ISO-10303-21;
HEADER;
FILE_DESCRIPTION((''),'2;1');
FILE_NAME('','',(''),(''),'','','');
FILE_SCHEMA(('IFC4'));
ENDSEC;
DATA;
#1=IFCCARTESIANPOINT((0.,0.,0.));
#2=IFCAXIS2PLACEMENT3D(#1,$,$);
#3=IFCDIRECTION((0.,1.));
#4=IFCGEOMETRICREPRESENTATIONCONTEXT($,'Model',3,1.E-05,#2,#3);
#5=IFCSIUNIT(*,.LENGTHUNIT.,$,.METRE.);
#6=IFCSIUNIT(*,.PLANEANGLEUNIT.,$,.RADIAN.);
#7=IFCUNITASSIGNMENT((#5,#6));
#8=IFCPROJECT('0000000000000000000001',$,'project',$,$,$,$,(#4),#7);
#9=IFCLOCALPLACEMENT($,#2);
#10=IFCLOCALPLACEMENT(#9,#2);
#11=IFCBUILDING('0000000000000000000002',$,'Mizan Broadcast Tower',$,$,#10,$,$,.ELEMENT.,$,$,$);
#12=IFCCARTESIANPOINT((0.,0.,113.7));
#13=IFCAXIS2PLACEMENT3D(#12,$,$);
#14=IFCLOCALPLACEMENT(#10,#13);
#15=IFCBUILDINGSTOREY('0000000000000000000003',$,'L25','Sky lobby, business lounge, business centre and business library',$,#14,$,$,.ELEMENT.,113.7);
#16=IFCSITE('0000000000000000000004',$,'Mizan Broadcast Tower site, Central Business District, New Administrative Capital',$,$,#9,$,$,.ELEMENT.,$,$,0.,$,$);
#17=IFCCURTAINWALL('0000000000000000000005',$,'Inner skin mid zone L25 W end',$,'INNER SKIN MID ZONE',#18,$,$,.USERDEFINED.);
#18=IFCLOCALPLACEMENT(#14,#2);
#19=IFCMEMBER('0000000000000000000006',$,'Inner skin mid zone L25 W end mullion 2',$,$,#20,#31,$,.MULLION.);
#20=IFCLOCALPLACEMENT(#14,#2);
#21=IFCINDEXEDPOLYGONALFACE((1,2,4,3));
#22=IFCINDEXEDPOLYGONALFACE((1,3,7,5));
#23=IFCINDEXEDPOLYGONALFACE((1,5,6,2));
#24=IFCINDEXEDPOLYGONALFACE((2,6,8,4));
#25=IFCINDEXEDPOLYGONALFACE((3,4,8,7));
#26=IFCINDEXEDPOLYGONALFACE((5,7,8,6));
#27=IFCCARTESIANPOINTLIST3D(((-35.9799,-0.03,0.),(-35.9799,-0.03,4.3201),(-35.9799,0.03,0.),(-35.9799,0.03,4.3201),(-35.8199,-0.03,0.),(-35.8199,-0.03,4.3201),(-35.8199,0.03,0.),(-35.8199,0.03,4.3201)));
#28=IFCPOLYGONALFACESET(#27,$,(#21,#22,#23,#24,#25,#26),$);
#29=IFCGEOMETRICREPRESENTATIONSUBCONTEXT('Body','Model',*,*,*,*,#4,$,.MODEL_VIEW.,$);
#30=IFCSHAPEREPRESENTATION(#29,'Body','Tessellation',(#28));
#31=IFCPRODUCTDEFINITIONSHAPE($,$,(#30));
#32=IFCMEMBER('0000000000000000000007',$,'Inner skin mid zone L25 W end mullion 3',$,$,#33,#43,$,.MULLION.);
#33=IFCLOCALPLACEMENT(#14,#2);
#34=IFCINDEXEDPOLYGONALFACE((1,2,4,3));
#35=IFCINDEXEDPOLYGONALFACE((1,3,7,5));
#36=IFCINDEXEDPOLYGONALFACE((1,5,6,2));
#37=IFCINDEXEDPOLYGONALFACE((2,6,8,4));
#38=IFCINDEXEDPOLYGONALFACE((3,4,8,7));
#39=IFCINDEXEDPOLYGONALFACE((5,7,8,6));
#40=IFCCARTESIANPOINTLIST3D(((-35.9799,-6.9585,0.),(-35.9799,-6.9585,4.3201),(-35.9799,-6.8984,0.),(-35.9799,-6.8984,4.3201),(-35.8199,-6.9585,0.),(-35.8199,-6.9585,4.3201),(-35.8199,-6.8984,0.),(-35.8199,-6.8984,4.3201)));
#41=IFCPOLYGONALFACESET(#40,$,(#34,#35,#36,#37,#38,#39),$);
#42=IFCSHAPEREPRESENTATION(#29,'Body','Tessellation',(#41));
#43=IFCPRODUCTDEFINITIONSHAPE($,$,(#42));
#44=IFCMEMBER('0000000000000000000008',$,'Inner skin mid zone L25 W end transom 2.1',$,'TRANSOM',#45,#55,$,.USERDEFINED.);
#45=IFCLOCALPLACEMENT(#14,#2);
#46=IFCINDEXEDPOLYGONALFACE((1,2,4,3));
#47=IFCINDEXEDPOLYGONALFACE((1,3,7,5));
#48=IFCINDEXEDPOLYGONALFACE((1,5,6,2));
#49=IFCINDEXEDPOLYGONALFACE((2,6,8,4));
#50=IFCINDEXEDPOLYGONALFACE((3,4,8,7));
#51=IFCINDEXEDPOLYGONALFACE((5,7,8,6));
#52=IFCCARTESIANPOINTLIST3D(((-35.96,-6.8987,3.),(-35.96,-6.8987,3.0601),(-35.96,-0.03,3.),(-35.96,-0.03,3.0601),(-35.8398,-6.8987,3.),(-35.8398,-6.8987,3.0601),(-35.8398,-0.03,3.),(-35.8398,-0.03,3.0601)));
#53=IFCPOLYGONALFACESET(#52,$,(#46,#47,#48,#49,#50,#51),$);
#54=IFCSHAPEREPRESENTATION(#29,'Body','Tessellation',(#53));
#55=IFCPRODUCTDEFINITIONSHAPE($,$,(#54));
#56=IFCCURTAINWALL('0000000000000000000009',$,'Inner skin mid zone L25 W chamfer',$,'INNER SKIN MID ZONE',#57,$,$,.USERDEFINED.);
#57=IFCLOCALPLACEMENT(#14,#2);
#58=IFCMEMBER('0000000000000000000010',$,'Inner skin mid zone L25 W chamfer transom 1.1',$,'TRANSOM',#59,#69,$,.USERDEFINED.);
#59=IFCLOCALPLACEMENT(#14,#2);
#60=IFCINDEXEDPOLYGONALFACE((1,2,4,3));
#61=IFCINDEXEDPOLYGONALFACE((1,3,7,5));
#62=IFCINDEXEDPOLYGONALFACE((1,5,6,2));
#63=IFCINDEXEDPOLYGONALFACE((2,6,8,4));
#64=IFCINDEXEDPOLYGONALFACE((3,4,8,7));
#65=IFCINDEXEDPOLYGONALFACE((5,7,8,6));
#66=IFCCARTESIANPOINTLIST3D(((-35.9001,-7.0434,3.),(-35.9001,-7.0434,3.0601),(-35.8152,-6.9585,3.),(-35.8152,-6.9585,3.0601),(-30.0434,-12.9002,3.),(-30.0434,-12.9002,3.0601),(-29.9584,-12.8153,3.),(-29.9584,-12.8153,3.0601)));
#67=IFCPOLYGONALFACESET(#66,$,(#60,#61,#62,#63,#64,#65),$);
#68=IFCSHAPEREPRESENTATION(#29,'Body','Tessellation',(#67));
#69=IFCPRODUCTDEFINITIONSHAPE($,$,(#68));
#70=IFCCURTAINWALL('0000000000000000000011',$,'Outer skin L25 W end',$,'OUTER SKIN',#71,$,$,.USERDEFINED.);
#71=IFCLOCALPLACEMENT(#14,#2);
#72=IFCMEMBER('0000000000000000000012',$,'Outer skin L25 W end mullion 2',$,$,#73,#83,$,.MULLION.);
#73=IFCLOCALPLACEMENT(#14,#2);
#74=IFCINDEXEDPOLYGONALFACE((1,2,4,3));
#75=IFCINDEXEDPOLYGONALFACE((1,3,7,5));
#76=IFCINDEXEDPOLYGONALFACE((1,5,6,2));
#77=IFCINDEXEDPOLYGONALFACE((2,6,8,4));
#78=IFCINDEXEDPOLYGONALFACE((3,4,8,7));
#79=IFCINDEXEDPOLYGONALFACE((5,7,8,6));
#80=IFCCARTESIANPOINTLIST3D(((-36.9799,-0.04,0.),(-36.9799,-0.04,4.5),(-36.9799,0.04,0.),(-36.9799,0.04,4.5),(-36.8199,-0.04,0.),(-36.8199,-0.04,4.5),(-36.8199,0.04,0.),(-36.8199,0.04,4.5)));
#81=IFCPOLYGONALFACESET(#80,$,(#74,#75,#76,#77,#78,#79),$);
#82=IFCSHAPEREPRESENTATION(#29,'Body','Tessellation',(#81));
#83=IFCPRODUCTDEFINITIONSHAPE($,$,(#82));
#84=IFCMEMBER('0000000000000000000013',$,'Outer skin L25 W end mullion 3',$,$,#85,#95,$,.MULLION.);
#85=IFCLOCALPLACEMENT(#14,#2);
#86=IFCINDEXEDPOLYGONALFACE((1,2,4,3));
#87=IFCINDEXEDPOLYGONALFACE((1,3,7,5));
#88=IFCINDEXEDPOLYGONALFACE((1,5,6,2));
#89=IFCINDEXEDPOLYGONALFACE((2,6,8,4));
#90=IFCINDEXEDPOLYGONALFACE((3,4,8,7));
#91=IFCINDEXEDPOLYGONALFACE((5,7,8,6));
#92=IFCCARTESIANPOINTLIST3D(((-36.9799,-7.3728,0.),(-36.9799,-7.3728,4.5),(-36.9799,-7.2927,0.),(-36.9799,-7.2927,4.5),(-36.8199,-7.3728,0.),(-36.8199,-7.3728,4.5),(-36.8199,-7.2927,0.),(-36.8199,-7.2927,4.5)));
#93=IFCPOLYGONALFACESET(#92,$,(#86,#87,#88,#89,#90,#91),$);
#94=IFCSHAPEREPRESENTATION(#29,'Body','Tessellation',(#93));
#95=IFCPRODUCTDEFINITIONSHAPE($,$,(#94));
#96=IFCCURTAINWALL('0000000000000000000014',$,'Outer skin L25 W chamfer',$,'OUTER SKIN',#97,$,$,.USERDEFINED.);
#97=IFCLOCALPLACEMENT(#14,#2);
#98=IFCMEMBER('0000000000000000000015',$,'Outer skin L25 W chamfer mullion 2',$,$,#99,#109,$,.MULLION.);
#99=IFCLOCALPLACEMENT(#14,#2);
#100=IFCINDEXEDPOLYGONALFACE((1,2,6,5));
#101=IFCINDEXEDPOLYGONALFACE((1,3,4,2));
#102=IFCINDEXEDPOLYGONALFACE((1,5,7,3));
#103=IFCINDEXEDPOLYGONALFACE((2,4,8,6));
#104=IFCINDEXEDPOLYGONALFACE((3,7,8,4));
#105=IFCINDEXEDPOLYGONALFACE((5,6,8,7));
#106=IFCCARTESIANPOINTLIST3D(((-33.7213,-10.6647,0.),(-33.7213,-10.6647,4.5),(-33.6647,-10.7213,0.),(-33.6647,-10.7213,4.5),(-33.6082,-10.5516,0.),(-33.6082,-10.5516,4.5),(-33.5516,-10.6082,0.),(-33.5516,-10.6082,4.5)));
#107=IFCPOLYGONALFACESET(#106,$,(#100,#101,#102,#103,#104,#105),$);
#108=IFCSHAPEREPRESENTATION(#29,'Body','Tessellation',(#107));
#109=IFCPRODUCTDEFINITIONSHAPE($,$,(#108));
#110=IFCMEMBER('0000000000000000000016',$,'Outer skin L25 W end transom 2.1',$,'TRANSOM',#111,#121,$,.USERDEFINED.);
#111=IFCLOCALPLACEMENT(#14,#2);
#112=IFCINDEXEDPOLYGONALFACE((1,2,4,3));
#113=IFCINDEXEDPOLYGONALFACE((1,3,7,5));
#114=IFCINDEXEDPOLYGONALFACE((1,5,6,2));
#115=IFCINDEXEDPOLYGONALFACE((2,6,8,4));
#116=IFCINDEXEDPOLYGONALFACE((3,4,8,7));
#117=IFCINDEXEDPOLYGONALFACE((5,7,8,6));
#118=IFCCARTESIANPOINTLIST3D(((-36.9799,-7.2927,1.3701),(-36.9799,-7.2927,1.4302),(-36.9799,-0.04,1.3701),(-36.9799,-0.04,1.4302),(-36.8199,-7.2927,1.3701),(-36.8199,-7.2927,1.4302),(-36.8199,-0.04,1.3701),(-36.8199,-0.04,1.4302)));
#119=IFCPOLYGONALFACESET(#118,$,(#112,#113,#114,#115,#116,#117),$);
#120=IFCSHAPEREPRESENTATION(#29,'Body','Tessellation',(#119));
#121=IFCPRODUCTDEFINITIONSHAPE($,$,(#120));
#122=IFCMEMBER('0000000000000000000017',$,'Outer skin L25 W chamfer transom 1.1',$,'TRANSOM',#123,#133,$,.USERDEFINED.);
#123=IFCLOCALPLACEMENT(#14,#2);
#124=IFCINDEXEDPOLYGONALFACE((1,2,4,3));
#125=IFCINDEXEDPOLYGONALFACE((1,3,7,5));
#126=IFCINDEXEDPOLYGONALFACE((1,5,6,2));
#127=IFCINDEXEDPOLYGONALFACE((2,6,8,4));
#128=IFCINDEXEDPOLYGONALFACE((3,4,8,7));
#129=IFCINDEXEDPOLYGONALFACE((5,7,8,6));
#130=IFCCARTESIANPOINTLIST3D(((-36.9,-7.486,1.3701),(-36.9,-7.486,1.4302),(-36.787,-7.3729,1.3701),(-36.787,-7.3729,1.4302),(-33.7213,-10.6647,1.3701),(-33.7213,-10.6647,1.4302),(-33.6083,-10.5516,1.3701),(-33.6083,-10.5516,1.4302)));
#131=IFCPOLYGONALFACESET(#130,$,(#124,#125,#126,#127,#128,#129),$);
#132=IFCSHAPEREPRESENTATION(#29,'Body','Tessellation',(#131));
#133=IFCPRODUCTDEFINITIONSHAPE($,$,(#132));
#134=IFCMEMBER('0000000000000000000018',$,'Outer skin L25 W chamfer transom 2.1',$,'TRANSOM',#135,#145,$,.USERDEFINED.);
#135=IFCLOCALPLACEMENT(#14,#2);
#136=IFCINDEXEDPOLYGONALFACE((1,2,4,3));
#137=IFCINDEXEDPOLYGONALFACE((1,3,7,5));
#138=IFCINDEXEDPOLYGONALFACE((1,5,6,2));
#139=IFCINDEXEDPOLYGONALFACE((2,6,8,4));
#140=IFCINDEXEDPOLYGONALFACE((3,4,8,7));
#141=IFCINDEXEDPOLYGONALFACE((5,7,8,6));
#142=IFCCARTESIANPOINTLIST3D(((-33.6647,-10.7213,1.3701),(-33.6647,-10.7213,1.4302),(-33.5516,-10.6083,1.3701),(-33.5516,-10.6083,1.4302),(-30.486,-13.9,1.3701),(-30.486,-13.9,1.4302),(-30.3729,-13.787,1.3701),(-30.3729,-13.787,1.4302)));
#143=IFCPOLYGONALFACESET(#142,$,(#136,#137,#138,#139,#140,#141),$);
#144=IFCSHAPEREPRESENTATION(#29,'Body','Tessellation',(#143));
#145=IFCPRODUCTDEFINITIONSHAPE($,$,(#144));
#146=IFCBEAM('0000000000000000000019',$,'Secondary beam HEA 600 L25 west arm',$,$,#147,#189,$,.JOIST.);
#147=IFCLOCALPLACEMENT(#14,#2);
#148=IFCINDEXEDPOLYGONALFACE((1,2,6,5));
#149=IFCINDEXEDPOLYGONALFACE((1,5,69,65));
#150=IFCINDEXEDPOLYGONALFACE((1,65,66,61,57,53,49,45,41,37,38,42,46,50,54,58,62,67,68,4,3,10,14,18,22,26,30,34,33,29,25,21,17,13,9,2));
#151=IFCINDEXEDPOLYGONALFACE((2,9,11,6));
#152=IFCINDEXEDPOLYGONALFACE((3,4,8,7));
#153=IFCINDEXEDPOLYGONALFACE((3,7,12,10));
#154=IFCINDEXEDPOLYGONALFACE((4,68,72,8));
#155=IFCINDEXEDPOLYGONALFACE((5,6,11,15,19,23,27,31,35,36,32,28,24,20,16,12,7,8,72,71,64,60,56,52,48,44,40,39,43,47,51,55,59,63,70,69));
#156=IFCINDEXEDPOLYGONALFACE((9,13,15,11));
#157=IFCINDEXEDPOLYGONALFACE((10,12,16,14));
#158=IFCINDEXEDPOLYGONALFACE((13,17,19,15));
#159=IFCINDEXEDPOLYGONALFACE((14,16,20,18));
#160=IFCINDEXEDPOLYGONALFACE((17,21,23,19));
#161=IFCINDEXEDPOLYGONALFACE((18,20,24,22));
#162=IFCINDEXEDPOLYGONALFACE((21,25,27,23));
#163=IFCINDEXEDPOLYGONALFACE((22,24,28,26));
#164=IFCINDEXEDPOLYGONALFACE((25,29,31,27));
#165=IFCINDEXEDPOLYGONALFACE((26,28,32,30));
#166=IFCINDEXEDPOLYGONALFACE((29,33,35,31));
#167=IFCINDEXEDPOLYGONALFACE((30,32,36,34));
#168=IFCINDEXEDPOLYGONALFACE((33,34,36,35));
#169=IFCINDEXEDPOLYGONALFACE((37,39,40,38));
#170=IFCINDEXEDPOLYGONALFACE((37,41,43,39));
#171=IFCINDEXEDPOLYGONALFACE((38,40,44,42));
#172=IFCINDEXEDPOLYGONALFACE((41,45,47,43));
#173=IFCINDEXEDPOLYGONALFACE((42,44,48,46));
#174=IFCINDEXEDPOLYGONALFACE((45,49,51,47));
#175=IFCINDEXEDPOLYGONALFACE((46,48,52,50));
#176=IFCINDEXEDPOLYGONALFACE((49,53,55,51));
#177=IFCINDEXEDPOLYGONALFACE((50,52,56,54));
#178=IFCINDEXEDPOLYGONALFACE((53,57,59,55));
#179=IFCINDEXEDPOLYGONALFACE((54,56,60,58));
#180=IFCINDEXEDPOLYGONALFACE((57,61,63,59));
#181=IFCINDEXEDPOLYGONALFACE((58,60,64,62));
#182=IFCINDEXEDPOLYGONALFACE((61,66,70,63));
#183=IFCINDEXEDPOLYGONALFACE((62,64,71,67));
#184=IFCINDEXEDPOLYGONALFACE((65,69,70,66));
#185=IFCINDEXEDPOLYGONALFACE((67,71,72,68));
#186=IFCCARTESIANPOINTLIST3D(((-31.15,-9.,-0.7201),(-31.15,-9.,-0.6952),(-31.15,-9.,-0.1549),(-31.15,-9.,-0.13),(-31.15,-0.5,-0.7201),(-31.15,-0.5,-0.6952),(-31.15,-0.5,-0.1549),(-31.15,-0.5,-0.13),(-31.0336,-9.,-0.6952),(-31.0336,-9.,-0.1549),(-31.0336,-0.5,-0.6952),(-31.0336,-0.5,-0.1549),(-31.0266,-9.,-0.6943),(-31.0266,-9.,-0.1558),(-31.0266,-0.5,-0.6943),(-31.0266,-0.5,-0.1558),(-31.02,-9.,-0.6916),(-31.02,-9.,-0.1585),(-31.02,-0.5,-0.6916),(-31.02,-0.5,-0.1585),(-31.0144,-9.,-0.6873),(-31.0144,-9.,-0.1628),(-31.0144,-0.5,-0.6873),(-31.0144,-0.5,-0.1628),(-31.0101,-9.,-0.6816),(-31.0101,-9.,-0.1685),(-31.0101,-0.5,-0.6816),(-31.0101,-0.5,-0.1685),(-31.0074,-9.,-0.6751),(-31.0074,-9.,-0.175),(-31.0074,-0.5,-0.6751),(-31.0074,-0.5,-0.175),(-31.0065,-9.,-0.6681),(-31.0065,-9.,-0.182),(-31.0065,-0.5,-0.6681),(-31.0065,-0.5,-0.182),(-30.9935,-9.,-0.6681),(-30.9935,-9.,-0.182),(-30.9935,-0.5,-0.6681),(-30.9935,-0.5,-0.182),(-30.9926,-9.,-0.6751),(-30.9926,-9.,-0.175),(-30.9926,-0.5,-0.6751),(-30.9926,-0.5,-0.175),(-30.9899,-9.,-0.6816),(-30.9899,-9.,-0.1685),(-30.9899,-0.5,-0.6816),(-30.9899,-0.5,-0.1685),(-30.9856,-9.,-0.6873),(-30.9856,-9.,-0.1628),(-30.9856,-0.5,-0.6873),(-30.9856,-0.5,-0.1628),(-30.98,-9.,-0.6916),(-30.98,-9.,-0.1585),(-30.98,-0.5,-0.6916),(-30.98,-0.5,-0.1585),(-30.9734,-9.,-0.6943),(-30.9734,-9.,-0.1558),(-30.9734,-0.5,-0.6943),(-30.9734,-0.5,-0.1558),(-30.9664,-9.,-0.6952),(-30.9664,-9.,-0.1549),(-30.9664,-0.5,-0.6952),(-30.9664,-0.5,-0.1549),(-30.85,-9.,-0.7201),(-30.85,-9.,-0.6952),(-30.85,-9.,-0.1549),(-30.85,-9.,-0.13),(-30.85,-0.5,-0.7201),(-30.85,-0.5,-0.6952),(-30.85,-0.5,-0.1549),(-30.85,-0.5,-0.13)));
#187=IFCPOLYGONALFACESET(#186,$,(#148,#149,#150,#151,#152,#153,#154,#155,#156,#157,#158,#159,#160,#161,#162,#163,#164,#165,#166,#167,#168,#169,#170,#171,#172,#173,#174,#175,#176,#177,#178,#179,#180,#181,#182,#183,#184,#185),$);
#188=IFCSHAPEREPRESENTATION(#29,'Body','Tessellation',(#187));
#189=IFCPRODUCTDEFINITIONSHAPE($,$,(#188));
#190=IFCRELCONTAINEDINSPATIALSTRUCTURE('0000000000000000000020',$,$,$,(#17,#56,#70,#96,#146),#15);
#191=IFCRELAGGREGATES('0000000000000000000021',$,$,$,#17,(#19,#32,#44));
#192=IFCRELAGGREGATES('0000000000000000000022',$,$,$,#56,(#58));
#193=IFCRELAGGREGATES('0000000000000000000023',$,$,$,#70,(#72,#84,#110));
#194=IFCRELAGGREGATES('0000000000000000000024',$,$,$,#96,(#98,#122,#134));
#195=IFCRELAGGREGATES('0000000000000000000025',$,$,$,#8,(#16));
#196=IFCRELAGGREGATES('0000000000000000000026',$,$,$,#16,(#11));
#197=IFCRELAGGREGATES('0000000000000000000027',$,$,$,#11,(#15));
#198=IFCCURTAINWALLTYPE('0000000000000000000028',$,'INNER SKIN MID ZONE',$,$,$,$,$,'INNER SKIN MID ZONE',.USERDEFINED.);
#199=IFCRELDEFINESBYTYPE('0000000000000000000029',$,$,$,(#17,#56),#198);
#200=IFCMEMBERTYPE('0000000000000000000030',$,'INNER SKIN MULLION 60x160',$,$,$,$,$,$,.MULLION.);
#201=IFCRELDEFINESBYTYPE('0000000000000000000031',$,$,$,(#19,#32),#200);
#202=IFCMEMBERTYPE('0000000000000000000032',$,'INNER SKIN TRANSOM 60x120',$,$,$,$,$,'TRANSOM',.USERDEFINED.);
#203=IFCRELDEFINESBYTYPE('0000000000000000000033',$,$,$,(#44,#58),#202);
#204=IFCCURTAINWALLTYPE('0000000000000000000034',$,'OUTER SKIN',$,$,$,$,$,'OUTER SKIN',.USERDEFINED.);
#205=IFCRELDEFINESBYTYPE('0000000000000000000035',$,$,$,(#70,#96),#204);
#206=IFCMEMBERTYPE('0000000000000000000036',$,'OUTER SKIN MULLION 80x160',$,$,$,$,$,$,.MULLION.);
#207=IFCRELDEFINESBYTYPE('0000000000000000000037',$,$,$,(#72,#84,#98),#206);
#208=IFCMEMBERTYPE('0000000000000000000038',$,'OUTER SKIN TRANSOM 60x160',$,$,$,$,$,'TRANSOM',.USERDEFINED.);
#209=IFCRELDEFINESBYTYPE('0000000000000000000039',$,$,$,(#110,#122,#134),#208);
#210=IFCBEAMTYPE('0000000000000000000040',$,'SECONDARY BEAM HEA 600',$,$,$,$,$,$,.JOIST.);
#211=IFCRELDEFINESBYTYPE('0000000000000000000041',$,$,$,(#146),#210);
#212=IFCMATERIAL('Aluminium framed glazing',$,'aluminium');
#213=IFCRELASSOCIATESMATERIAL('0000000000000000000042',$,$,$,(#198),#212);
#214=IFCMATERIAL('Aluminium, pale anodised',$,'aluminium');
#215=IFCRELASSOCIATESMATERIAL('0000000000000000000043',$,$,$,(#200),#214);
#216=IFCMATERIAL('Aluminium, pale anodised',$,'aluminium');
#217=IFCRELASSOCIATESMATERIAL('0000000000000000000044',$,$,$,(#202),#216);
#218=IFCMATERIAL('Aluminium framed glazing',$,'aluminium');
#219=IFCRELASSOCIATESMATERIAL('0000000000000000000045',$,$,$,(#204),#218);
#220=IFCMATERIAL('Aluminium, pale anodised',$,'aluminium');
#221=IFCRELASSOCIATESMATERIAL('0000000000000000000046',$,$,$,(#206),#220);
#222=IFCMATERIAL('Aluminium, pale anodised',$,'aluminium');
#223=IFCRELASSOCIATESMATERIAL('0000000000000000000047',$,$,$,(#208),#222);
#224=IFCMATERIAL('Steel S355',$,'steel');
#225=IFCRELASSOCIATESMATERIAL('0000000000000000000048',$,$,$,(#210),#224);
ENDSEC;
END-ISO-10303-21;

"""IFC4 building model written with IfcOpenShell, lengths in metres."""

from ifc_helpers import new_model, si_unit, direction, frame, origin, origin_2d, place, context, subcontext, project, spatial, rectangle, i_section, extrude, material, material_profile, profile_set, type_object, element, aggregate, save


model = new_model("IFC4")

# Units and contexts
model_context = context("Model", 3, precision=1e-05, world=origin(), true_north=direction((0.0, 1.0)))
body_context = subcontext(model_context, "Body", "Model", "MODEL_VIEW")
ifc_project = project(units=[si_unit("LENGTHUNIT", "METRE"), si_unit("PLANEANGLEUNIT", "RADIAN")], contexts=[model_context])

# Site, building, storey
site_placement = place(None, origin())
site = spatial("IfcSite", under=ifc_project, at=site_placement, Name="Mizan Broadcast Tower site, Central Business District, New Administrative Capital", CompositionType="ELEMENT", RefElevation=0.0)
building_placement = place(site_placement, origin())
building = spatial("IfcBuilding", under=site, at=building_placement, Name="Mizan Broadcast Tower", CompositionType="ELEMENT")
storey_placement = place(building_placement, frame((0.0, 0.0, 113.7)))
storey = spatial("IfcBuildingStorey", under=building, at=storey_placement, Name="L25", Description="Sky lobby, business lounge, business centre and business library", CompositionType="ELEMENT", Elevation=113.7)

# Curtain wall, members
ifc_material_1 = material(Name="Aluminium framed glazing", Category="aluminium")
curtain_wall_type_1 = type_object("IfcCurtainWallType", Name="INNER SKIN MID ZONE", ElementType="INNER SKIN MID ZONE", PredefinedType="USERDEFINED", material=ifc_material_1)
curtain_wall_1_placement = place(storey_placement, origin())
curtain_wall_1 = element("IfcCurtainWall", 1, at=curtain_wall_1_placement, inside=storey, type_object=curtain_wall_type_1, Name="Inner skin mid zone L25 W end", ObjectType="INNER SKIN MID ZONE", PredefinedType="USERDEFINED")
ifc_material_2 = material(Name="Aluminium, pale anodised", Category="aluminium")
ifc_material_profile_1 = material_profile(ifc_material_2, rectangle(XDim=0.1599, YDim=0.0601, at=origin_2d()), Name="MULLION 160x60")
ifc_profile_set_1 = profile_set([ifc_material_profile_1], Name="Aluminium, pale anodised")
member_type_1 = type_object("IfcMemberType", Name="INNER SKIN MULLION 60x160", PredefinedType="MULLION", material=ifc_profile_set_1)
member_1_placement = place(storey_placement, frame((-35.8999, 0.0, 0.0), z_axis=(0.0, 0.0, 1.0), x_axis=(1.0, 0.0, 0.0)))
member_1 = element("IfcMember", 2, at=member_1_placement, type_object=member_type_1, Name="Inner skin mid zone L25 W end mullion 2", PredefinedType="MULLION", context=body_context, shape_type="SweptSolid", body=[
    extrude(rectangle(XDim=0.1599, YDim=0.0601, at=origin_2d()), origin(), (0.0, 0.0, 1.0), 4.3201),
])
member_2_placement = place(storey_placement, frame((-35.8999, -6.9285, 0.0), z_axis=(0.0, 0.0, 1.0), x_axis=(1.0, 0.0, 0.0)))
member_2 = element("IfcMember", 3, at=member_2_placement, type_object=member_type_1, Name="Inner skin mid zone L25 W end mullion 3", PredefinedType="MULLION", context=body_context, shape_type="SweptSolid", body=[
    extrude(rectangle(XDim=0.1599, YDim=0.0601, at=origin_2d()), origin(), (0.0, 0.0, 1.0), 4.3201),
])
ifc_material_3 = material(Name="Aluminium, pale anodised", Category="aluminium")
ifc_material_profile_2 = material_profile(ifc_material_3, rectangle(XDim=0.1201, YDim=0.0601, at=origin_2d()), Name="TRANSOM 120x60")
ifc_profile_set_2 = profile_set([ifc_material_profile_2], Name="Aluminium, pale anodised")
member_type_2 = type_object("IfcMemberType", Name="INNER SKIN TRANSOM 60x120", ElementType="TRANSOM", PredefinedType="USERDEFINED", material=ifc_profile_set_2)
member_3_placement = place(storey_placement, frame((-35.8999, -0.03, 3.03), z_axis=(0.0, -1.0, 0.0), x_axis=(1.0, 0.0, 0.0)))
member_3 = element("IfcMember", 4, at=member_3_placement, type_object=member_type_2, Name="Inner skin mid zone L25 W end transom 2.1", ObjectType="TRANSOM", PredefinedType="USERDEFINED", context=body_context, shape_type="SweptSolid", body=[
    extrude(rectangle(XDim=0.1201, YDim=0.0601, at=origin_2d()), origin(), (0.0, 0.0, 1.0), 6.8687),
])

# Curtain wall, member
curtain_wall_2_placement = place(storey_placement, origin())
curtain_wall_2 = element("IfcCurtainWall", 5, at=curtain_wall_2_placement, inside=storey, type_object=curtain_wall_type_1, Name="Inner skin mid zone L25 W chamfer", ObjectType="INNER SKIN MID ZONE", PredefinedType="USERDEFINED")
member_4_placement = place(storey_placement, frame((-35.8577, -7.001, 3.03), z_axis=(0.707107, -0.707107, 0.0), x_axis=(0.707107, 0.707107, 0.0)))
member_4 = element("IfcMember", 6, at=member_4_placement, type_object=member_type_2, Name="Inner skin mid zone L25 W chamfer transom 1.1", ObjectType="TRANSOM", PredefinedType="USERDEFINED", context=body_context, shape_type="SweptSolid", body=[
    extrude(rectangle(XDim=0.1201, YDim=0.0601, at=origin_2d()), origin(), (0.0, 0.0, 1.0), 8.2827),
])

# Curtain wall, members
ifc_material_4 = material(Name="Aluminium framed glazing", Category="aluminium")
curtain_wall_type_2 = type_object("IfcCurtainWallType", Name="OUTER SKIN", ElementType="OUTER SKIN", PredefinedType="USERDEFINED", material=ifc_material_4)
curtain_wall_3_placement = place(storey_placement, origin())
curtain_wall_3 = element("IfcCurtainWall", 7, at=curtain_wall_3_placement, inside=storey, type_object=curtain_wall_type_2, Name="Outer skin L25 W end", ObjectType="OUTER SKIN", PredefinedType="USERDEFINED")
ifc_material_5 = material(Name="Aluminium, pale anodised", Category="aluminium")
ifc_material_profile_3 = material_profile(ifc_material_5, rectangle(XDim=0.1599, YDim=0.0801, at=origin_2d()), Name="MULLION 160x80")
ifc_profile_set_3 = profile_set([ifc_material_profile_3], Name="Aluminium, pale anodised")
member_type_3 = type_object("IfcMemberType", Name="OUTER SKIN MULLION 80x160", PredefinedType="MULLION", material=ifc_profile_set_3)
member_5_placement = place(storey_placement, frame((-36.8999, 0.0, 0.0), z_axis=(0.0, 0.0, 1.0), x_axis=(1.0, 0.0, 0.0)))
member_5 = element("IfcMember", 8, at=member_5_placement, type_object=member_type_3, Name="Outer skin L25 W end mullion 2", PredefinedType="MULLION", context=body_context, shape_type="SweptSolid", body=[
    extrude(rectangle(XDim=0.1599, YDim=0.0801, at=origin_2d()), origin(), (0.0, 0.0, 1.0), 4.5),
])
member_6_placement = place(storey_placement, frame((-36.8999, -7.3328, 0.0), z_axis=(0.0, 0.0, 1.0), x_axis=(1.0, 0.0, 0.0)))
member_6 = element("IfcMember", 9, at=member_6_placement, type_object=member_type_3, Name="Outer skin L25 W end mullion 3", PredefinedType="MULLION", context=body_context, shape_type="SweptSolid", body=[
    extrude(rectangle(XDim=0.1599, YDim=0.0801, at=origin_2d()), origin(), (0.0, 0.0, 1.0), 4.5),
])

# Curtain wall, member
curtain_wall_4_placement = place(storey_placement, origin())
curtain_wall_4 = element("IfcCurtainWall", 10, at=curtain_wall_4_placement, inside=storey, type_object=curtain_wall_type_2, Name="Outer skin L25 W chamfer", ObjectType="OUTER SKIN", PredefinedType="USERDEFINED")
member_7_placement = place(storey_placement, frame((-33.6365, -10.6365, 0.0), z_axis=(0.0, 0.0, 1.0), x_axis=(0.707107, 0.707107, 0.0)))
member_7 = element("IfcMember", 11, at=member_7_placement, type_object=member_type_3, Name="Outer skin L25 W chamfer mullion 2", PredefinedType="MULLION", context=body_context, shape_type="SweptSolid", body=[
    extrude(rectangle(XDim=0.1599, YDim=0.0801, at=origin_2d()), origin(), (0.0, 0.0, 1.0), 4.5),
])

# Members
ifc_material_6 = material(Name="Aluminium, pale anodised", Category="aluminium")
ifc_material_profile_4 = material_profile(ifc_material_6, rectangle(XDim=0.1599, YDim=0.0601, at=origin_2d()), Name="TRANSOM 160x60")
ifc_profile_set_4 = profile_set([ifc_material_profile_4], Name="Aluminium, pale anodised")
member_type_4 = type_object("IfcMemberType", Name="OUTER SKIN TRANSOM 60x160", ElementType="TRANSOM", PredefinedType="USERDEFINED", material=ifc_profile_set_4)
member_8_placement = place(storey_placement, frame((-36.8999, -0.04, 1.4001), z_axis=(0.0, -1.0, 0.0), x_axis=(1.0, 0.0, 0.0)))
member_8 = element("IfcMember", 12, at=member_8_placement, type_object=member_type_4, Name="Outer skin L25 W end transom 2.1", ObjectType="TRANSOM", PredefinedType="USERDEFINED", context=body_context, shape_type="SweptSolid", body=[
    extrude(rectangle(XDim=0.1599, YDim=0.0601, at=origin_2d()), origin(), (0.0, 0.0, 1.0), 7.2527),
])
member_9_placement = place(storey_placement, frame((-36.8435, -7.4294, 1.4001), z_axis=(0.707107, -0.707107, 0.0), x_axis=(0.707107, 0.707107, 0.0)))
member_9 = element("IfcMember", 13, at=member_9_placement, type_object=member_type_4, Name="Outer skin L25 W chamfer transom 1.1", ObjectType="TRANSOM", PredefinedType="USERDEFINED", context=body_context, shape_type="SweptSolid", body=[
    extrude(rectangle(XDim=0.1599, YDim=0.0601, at=origin_2d()), origin(), (0.0, 0.0, 1.0), 4.4954),
])
member_10_placement = place(storey_placement, frame((-33.6082, -10.6648, 1.4001), z_axis=(0.707107, -0.707107, 0.0), x_axis=(0.707107, 0.707107, 0.0)))
member_10 = element("IfcMember", 14, at=member_10_placement, type_object=member_type_4, Name="Outer skin L25 W chamfer transom 2.1", ObjectType="TRANSOM", PredefinedType="USERDEFINED", context=body_context, shape_type="SweptSolid", body=[
    extrude(rectangle(XDim=0.1599, YDim=0.0601, at=origin_2d()), origin(), (0.0, 0.0, 1.0), 4.4954),
])

# Beam
ifc_material_7 = material(Name="Steel S355", Category="steel")
ifc_material_profile_5 = material_profile(ifc_material_7, i_section(OverallWidth=0.3, OverallDepth=0.5901, WebThickness=0.0129, FlangeThickness=0.0249, FilletRadius=0.0271, at=origin_2d()), Name="HEA 600")
ifc_profile_set_5 = profile_set([ifc_material_profile_5], Name="Steel S355")
beam_type_1 = type_object("IfcBeamType", Name="SECONDARY BEAM HEA 600", PredefinedType="JOIST", material=ifc_profile_set_5)
beam_1_placement = place(storey_placement, frame((-31.0, -9.0, -0.425), z_axis=(0.0, 1.0, 0.0), x_axis=(-1.0, 0.0, 0.0)))
element("IfcBeam", 15, at=beam_1_placement, inside=storey, type_object=beam_type_1, Name="Secondary beam HEA 600 L25 west arm", PredefinedType="JOIST", context=body_context, shape_type="SweptSolid", body=[
    extrude(i_section(OverallWidth=0.3, OverallDepth=0.5901, WebThickness=0.0129, FlangeThickness=0.0249, FilletRadius=0.0271, at=origin_2d()), origin(), (0.0, 0.0, 1.0), 8.5),
])

aggregate(curtain_wall_1, [member_1, member_2, member_3])
aggregate(curtain_wall_2, [member_4])
aggregate(curtain_wall_3, [member_5, member_6, member_8])
aggregate(curtain_wall_4, [member_7, member_9, member_10])

save(model, "model.ifc")
